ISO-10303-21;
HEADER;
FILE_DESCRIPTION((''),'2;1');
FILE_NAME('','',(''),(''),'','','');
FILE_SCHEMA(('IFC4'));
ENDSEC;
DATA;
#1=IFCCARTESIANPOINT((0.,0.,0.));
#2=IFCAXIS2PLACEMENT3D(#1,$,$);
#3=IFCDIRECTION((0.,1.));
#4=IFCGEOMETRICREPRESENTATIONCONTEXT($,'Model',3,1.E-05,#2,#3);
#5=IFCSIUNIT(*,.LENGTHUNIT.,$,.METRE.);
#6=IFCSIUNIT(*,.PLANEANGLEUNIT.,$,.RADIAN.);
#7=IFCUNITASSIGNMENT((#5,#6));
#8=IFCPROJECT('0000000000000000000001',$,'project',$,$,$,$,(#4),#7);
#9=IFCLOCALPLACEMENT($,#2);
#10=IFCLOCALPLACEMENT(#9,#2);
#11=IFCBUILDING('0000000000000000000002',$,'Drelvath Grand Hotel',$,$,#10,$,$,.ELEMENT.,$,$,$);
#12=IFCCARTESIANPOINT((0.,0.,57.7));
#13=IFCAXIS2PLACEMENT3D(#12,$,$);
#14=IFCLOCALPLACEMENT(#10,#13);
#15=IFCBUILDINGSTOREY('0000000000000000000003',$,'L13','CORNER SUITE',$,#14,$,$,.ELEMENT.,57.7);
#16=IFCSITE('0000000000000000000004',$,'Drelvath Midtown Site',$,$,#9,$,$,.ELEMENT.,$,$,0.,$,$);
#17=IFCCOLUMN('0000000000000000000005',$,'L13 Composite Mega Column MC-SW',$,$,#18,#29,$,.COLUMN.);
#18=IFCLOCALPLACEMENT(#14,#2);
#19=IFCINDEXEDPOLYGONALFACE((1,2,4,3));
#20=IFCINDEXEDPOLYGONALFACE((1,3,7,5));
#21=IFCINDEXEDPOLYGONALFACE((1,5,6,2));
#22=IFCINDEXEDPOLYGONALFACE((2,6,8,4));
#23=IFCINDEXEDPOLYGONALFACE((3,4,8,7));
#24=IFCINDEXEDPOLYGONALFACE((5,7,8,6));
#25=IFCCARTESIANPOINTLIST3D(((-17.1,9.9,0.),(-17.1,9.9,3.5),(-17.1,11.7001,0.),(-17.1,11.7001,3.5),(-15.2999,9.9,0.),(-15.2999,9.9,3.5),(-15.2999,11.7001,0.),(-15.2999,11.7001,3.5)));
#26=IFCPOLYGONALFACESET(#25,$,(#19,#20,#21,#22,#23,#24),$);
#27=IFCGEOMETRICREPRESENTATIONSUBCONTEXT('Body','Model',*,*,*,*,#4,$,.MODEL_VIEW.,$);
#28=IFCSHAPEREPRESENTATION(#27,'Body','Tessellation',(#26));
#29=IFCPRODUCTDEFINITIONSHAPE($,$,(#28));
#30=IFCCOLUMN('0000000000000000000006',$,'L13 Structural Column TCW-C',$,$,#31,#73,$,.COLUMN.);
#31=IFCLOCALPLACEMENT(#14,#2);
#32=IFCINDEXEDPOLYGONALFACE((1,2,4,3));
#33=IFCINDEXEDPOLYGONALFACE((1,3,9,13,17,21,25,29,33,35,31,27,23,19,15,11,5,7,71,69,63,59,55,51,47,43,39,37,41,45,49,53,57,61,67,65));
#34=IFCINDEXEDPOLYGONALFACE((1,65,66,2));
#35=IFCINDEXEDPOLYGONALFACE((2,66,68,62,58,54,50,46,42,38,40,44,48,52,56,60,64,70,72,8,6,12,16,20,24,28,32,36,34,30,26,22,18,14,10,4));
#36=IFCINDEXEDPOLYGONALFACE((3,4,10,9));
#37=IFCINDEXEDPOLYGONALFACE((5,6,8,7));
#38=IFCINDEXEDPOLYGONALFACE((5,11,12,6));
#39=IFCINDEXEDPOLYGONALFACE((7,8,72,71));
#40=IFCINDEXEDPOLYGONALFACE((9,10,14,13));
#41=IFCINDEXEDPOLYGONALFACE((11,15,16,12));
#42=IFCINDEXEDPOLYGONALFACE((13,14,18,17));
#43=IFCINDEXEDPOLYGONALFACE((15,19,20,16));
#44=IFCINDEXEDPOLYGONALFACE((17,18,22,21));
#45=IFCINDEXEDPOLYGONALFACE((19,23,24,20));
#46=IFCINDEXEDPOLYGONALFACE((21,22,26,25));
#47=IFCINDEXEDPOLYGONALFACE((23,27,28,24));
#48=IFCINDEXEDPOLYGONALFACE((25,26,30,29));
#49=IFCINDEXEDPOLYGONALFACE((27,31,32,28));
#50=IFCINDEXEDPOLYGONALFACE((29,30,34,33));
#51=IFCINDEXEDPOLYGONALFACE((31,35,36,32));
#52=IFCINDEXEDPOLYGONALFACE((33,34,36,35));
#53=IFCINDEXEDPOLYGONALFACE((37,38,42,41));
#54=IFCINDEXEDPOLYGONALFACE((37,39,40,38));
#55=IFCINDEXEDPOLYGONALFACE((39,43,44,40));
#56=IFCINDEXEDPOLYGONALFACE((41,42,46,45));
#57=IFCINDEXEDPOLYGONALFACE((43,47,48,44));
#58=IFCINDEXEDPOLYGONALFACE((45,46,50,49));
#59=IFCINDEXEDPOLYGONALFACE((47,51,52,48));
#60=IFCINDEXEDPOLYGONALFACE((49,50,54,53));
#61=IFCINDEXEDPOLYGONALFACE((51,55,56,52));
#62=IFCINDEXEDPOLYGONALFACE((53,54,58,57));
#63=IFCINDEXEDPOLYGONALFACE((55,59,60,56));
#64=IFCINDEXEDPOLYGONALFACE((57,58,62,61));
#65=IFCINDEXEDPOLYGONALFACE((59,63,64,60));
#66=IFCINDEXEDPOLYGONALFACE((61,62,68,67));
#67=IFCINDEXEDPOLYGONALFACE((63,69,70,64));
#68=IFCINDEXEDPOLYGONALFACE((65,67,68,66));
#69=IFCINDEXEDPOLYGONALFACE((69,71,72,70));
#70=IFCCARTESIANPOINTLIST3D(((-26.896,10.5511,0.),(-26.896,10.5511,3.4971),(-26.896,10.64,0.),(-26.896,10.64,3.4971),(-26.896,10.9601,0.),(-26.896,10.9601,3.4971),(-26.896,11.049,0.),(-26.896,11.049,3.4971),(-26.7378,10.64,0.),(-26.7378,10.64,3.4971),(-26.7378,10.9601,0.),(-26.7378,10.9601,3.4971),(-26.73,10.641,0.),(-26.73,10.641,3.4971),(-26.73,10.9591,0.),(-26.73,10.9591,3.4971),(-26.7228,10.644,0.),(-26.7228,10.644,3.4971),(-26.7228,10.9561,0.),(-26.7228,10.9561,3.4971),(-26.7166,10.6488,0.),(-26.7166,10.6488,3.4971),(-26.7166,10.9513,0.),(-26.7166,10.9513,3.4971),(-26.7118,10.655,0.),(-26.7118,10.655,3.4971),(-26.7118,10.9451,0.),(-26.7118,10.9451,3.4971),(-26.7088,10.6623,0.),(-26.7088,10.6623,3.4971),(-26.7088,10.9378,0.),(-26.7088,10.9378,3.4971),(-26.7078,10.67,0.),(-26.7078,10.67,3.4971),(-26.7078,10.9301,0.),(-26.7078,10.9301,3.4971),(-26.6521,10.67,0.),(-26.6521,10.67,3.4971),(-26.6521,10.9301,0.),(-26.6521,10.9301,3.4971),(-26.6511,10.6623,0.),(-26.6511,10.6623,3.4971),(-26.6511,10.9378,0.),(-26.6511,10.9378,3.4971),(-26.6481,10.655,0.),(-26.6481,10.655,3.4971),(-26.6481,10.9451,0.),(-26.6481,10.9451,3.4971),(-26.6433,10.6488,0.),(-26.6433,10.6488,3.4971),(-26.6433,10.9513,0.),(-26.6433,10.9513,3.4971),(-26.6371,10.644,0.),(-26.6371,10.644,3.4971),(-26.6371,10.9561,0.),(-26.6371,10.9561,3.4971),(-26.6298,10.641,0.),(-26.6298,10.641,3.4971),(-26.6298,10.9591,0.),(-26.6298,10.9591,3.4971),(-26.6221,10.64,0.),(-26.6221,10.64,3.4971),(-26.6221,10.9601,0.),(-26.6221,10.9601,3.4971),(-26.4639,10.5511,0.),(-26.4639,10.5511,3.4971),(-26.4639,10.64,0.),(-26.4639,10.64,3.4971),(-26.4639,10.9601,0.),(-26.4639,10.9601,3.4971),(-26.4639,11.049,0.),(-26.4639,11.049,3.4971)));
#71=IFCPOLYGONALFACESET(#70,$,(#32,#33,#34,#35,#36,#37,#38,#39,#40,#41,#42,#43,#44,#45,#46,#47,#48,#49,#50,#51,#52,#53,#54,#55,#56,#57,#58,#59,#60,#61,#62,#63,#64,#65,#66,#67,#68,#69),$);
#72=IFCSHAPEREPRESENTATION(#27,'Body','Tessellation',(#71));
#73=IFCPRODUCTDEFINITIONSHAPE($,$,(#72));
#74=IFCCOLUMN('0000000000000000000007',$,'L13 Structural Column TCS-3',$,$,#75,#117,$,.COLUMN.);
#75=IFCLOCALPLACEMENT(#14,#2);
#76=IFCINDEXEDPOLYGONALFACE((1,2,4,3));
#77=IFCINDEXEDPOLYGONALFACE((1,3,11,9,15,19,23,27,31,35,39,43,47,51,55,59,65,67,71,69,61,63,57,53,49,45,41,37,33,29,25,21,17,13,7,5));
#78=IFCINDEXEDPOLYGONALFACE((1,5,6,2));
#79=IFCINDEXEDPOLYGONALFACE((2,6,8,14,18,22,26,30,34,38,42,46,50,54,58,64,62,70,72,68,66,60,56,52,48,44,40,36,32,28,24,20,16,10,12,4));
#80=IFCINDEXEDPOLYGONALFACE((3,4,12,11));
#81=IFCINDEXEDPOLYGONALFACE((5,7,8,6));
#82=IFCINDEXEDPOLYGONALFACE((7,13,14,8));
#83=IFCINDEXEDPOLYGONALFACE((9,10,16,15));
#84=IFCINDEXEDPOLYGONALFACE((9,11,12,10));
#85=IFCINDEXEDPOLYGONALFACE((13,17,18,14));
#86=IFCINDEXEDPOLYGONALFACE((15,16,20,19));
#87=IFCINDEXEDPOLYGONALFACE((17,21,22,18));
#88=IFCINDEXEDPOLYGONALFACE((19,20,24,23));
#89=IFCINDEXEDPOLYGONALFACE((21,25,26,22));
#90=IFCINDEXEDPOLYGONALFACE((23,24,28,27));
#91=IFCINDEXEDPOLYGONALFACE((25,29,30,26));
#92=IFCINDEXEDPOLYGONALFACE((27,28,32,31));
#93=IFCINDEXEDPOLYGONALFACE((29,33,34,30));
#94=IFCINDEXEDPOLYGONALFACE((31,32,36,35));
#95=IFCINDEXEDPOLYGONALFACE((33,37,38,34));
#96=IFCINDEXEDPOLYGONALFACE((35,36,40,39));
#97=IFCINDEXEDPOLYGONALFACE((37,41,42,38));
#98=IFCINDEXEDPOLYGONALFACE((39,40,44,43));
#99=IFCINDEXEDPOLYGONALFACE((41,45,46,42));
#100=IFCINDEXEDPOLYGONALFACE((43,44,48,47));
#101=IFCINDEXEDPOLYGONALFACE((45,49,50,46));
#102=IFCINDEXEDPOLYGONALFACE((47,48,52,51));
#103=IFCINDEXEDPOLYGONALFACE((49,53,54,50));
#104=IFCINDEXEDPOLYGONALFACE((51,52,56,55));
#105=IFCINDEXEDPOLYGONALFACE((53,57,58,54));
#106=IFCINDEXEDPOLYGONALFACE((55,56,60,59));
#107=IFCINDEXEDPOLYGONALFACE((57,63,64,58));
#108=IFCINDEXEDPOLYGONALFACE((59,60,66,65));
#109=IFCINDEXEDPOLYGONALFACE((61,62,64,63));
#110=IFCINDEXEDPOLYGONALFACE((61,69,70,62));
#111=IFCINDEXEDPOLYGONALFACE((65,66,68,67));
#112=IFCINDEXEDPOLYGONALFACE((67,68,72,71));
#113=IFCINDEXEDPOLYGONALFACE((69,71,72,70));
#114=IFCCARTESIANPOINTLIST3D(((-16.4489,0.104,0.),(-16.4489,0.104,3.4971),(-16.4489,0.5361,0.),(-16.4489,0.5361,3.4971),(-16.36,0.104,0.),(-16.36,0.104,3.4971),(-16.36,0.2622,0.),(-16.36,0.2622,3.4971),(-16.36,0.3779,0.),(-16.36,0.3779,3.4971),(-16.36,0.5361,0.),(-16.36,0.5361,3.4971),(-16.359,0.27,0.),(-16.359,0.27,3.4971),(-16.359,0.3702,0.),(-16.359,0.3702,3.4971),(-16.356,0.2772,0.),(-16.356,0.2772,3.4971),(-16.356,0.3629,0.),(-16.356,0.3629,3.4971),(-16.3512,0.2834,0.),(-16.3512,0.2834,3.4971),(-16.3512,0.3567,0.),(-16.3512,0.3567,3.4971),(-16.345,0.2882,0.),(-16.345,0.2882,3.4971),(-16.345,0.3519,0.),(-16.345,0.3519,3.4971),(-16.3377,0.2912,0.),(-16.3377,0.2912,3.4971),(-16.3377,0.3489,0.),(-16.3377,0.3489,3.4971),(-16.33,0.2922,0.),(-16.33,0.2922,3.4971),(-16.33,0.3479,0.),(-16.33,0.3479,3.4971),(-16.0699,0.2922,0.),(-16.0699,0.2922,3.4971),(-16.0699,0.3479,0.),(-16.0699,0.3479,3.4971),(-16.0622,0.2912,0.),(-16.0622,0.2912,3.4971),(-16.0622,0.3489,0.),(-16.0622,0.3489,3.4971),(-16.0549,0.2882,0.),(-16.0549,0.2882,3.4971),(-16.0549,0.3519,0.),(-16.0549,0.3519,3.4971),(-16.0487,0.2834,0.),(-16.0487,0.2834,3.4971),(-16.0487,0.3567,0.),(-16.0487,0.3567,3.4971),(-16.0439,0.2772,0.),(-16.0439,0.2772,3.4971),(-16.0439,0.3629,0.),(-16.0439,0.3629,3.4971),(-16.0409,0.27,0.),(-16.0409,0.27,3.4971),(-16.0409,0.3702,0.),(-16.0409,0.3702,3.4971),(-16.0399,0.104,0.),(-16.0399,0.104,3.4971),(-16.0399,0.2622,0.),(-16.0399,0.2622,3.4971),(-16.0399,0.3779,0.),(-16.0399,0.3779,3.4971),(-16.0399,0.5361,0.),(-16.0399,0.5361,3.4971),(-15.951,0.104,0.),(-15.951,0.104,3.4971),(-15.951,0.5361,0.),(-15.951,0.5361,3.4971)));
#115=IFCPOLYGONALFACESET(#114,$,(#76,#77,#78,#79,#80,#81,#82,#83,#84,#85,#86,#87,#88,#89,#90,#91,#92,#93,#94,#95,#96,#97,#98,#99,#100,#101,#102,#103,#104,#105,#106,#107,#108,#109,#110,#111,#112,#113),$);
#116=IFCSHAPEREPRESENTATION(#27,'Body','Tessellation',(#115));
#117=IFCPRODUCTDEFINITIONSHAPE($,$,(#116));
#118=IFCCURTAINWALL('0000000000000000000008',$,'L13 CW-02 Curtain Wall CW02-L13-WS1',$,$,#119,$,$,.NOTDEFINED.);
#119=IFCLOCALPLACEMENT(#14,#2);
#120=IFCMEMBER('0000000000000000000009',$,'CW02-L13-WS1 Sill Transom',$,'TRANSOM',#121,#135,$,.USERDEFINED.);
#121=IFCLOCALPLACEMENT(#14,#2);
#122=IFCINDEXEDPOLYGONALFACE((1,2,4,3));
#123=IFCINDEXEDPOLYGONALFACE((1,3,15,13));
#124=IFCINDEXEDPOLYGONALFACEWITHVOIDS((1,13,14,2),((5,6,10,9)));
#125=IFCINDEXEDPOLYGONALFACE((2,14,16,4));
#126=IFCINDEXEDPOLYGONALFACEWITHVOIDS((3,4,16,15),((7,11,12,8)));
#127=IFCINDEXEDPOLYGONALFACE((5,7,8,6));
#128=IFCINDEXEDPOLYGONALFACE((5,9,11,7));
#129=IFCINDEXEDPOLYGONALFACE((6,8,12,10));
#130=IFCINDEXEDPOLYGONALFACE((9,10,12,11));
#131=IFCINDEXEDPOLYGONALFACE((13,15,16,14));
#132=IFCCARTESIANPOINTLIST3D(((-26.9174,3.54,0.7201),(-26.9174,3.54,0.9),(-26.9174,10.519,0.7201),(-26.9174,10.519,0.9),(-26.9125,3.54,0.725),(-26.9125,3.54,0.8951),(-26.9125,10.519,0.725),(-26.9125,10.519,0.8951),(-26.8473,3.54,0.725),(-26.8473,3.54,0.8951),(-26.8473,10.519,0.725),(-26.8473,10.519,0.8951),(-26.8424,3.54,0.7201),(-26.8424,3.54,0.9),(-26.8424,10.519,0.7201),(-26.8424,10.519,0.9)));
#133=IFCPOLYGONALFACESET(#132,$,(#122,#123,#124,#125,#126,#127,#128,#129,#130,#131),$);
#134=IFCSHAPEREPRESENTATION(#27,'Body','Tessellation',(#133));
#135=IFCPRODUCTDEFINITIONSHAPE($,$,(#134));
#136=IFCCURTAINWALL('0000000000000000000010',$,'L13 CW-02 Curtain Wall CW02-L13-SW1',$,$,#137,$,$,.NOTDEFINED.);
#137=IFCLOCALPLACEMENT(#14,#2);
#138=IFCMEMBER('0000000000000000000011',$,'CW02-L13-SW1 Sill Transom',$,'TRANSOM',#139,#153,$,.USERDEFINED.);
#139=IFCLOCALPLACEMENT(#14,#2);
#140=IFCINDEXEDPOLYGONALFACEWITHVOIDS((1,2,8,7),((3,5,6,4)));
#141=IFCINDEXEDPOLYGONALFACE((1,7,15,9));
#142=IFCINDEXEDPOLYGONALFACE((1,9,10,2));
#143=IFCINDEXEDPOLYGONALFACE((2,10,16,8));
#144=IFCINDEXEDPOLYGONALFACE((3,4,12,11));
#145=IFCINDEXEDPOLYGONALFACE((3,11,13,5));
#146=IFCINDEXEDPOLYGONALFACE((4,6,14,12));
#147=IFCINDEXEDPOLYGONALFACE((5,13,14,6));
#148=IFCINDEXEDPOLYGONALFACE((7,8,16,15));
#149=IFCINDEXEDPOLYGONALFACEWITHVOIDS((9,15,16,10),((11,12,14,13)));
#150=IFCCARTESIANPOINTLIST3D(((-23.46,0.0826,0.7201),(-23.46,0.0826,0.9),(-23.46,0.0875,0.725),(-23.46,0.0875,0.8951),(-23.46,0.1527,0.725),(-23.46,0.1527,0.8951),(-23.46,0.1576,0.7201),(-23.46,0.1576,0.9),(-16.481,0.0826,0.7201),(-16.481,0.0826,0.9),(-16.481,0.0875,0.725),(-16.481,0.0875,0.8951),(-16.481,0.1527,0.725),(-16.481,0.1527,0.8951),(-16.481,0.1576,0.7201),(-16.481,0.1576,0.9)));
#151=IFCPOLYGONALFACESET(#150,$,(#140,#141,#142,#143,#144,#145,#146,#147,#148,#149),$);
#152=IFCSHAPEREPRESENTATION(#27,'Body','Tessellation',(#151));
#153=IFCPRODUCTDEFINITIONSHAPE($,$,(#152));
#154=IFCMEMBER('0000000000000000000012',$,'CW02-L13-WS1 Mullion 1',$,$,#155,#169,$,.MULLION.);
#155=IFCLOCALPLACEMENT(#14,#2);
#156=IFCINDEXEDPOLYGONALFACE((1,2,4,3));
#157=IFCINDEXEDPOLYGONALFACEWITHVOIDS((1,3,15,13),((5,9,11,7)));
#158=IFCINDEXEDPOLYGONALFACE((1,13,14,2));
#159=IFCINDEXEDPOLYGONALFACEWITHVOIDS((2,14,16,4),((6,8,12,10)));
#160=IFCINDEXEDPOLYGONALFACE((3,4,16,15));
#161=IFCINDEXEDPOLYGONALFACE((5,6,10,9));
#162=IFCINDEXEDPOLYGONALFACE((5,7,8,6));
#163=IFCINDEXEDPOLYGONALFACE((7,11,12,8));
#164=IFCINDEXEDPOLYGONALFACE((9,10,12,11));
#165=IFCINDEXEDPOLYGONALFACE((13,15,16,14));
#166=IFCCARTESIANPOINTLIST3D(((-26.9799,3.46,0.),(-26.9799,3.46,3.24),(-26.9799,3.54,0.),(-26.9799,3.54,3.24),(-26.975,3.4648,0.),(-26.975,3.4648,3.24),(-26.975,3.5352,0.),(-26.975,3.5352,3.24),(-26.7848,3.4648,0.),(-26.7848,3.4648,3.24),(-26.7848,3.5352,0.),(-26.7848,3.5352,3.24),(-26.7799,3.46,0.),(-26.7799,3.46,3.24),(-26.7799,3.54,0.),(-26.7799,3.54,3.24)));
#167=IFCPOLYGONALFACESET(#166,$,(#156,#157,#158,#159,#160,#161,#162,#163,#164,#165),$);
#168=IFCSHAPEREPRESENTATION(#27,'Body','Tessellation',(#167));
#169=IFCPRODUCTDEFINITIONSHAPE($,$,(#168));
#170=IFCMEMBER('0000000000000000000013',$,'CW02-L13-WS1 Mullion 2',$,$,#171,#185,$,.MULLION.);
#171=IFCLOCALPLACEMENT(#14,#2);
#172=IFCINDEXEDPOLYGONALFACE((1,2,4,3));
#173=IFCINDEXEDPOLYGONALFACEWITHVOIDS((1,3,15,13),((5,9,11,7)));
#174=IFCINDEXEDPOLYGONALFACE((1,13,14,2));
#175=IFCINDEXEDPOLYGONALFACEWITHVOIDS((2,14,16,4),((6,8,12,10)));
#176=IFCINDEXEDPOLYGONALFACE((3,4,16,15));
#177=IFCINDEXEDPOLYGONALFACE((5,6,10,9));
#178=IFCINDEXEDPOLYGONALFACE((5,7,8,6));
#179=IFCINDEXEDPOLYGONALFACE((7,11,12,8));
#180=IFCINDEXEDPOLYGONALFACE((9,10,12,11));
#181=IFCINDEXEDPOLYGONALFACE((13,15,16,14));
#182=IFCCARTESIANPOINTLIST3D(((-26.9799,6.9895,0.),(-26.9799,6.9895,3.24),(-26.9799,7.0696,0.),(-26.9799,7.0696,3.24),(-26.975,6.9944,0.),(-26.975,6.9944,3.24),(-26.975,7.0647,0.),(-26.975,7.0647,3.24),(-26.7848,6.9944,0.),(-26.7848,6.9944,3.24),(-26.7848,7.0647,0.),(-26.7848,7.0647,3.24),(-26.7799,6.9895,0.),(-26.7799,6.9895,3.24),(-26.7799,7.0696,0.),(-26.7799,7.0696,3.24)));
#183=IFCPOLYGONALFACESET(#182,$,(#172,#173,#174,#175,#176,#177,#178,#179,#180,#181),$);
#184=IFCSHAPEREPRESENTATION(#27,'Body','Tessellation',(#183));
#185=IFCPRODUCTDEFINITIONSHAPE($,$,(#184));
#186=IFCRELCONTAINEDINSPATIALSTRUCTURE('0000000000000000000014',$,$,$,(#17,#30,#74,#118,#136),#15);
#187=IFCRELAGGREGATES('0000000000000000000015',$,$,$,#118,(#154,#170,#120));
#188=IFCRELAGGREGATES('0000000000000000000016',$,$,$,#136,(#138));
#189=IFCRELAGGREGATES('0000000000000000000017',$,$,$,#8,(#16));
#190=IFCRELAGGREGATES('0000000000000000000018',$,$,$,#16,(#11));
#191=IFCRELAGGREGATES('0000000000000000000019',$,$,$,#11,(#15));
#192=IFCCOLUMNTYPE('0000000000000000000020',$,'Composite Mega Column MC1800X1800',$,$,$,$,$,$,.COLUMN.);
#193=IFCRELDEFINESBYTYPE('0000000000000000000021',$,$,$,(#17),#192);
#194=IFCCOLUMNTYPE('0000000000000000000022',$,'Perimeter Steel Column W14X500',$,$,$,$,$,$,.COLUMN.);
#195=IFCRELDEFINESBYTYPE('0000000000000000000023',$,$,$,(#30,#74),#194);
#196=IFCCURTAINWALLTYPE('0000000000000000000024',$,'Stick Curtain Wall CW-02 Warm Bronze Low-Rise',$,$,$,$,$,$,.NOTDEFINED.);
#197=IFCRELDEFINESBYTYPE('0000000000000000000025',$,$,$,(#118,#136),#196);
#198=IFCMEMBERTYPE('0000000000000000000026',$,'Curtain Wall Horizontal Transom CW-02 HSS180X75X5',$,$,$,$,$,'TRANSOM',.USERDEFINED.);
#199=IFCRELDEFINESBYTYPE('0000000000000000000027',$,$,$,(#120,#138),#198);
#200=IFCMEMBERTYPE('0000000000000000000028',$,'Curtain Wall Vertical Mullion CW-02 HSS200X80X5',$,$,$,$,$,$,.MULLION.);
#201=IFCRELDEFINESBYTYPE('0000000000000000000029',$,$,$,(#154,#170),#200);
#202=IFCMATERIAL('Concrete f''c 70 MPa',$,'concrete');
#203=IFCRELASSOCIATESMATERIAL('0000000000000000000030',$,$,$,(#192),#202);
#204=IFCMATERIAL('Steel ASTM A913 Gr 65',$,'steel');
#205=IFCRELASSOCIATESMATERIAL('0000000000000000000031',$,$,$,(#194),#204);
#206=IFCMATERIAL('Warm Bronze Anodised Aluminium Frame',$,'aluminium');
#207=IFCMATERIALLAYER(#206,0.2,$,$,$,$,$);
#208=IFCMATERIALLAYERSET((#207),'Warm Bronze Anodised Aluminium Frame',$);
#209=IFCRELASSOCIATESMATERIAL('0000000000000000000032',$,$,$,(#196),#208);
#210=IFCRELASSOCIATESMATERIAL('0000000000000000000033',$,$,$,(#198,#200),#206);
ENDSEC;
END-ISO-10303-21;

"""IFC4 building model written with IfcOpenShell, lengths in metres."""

from ifc_helpers import new_model, si_unit, direction, frame, origin, origin_2d, place, context, subcontext, project, spatial, rectangle, hollow_rectangle, i_section, extrude, material, layer, layer_set, material_profile, profile_set, type_object, element, aggregate, save


model = new_model("IFC4")

# Units and contexts
model_context = context("Model", 3, precision=1e-05, world=origin(), true_north=direction((0.0, 1.0)))
body_context = subcontext(model_context, "Body", "Model", "MODEL_VIEW")
ifc_project = project(units=[si_unit("LENGTHUNIT", "METRE"), si_unit("PLANEANGLEUNIT", "RADIAN")], contexts=[model_context])

# Site, building, storey
site_placement = place(None, origin())
site = spatial("IfcSite", under=ifc_project, at=site_placement, Name="Drelvath Midtown Site", CompositionType="ELEMENT", RefElevation=0.0)
building_placement = place(site_placement, origin())
building = spatial("IfcBuilding", under=site, at=building_placement, Name="Drelvath Grand Hotel", CompositionType="ELEMENT")
storey_placement = place(building_placement, frame((0.0, 0.0, 57.7)))
storey = spatial("IfcBuildingStorey", under=building, at=storey_placement, Name="L13", Description="CORNER SUITE", CompositionType="ELEMENT", Elevation=57.7)

# Columns
ifc_material_1 = material(Name="Concrete f'c 70 MPa", Category="concrete")
ifc_material_profile_1 = material_profile(ifc_material_1, rectangle(XDim=1.8, YDim=1.8, at=origin_2d()), Name="MC1800X1800")
ifc_profile_set_1 = profile_set([ifc_material_profile_1], Name="Concrete f'c 70 MPa")
column_type_1 = type_object("IfcColumnType", Name="Composite Mega Column MC1800X1800", PredefinedType="COLUMN", material=ifc_profile_set_1)
column_placement = place(storey_placement, frame((-16.2, 10.8, 0.0), z_axis=(0.0, 0.0, 1.0), x_axis=(1.0, 0.0, 0.0)))
element("IfcColumn", 1, at=column_placement, inside=storey, type_object=column_type_1, Name="L13 Composite Mega Column MC-SW", PredefinedType="COLUMN", context=body_context, shape_type="SweptSolid", body=[
    extrude(rectangle(XDim=1.8, YDim=1.8, at=origin_2d()), origin(), (0.0, 0.0, 1.0), 3.5),
])
ifc_material_2 = material(Name="Steel ASTM A913 Gr 65", Category="steel")
ifc_material_profile_2 = material_profile(ifc_material_2, i_section(OverallWidth=0.4321, OverallDepth=0.4978, WebThickness=0.0557, FlangeThickness=0.0889, FilletRadius=0.03, at=origin_2d()), Name="W14X500")
ifc_profile_set_2 = profile_set([ifc_material_profile_2], Name="Steel ASTM A913 Gr 65")
column_type_2 = type_object("IfcColumnType", Name="Perimeter Steel Column W14X500", PredefinedType="COLUMN", material=ifc_profile_set_2)
for number, where, z_axis, x_axis, name in (
    (2, (-26.6799, 10.8, 0.0), (0.0, 0.0, 1.0), (1.0, 0.0, 0.0), "L13 Structural Column TCW-C"),
    (3, (-16.2, 0.3201, 0.0), (0.0, 0.0, 1.0), (0.0, 1.0, 0.0), "L13 Structural Column TCS-3"),
):
    element("IfcColumn", number, at=place(storey_placement, frame(where, z_axis=z_axis, x_axis=x_axis)), inside=storey, type_object=column_type_2, Name=name, PredefinedType="COLUMN", context=body_context, shape_type="SweptSolid", body=[
        extrude(i_section(OverallWidth=0.4321, OverallDepth=0.4978, WebThickness=0.0557, FlangeThickness=0.0889, FilletRadius=0.03, at=origin_2d()), origin(), (0.0, 0.0, 1.0), 3.4971),
    ])

# Curtain walls, members
ifc_material_3 = material(Name="Warm Bronze Anodised Aluminium Frame", Category="aluminium")
ifc_layer_1 = layer(ifc_material_3, 0.2)
ifc_layer_set_1 = layer_set([ifc_layer_1], Name="Warm Bronze Anodised Aluminium Frame")
curtain_wall_type = type_object("IfcCurtainWallType", Name="Stick Curtain Wall CW-02 Warm Bronze Low-Rise", PredefinedType="NOTDEFINED", material=ifc_layer_set_1)
curtain_wall_1_placement = place(storey_placement, origin())
curtain_wall_1 = element("IfcCurtainWall", 4, at=curtain_wall_1_placement, inside=storey, type_object=curtain_wall_type, Name="L13 CW-02 Curtain Wall CW02-L13-WS1", PredefinedType="NOTDEFINED")
ifc_material_profile_3 = material_profile(ifc_material_3, hollow_rectangle(XDim=0.075, YDim=0.1799, WallThickness=0.0049, at=origin_2d()), Name="HSS180X75X5")
ifc_profile_set_3 = profile_set([ifc_material_profile_3], Name="Warm Bronze Anodised Aluminium Frame")
member_type_1 = type_object("IfcMemberType", Name="Curtain Wall Horizontal Transom CW-02 HSS180X75X5", ElementType="TRANSOM", PredefinedType="USERDEFINED", material=ifc_profile_set_3)
member_1_placement = place(storey_placement, frame((-26.8799, 3.54, 0.8101), z_axis=(0.0, 1.0, 0.0), x_axis=(-1.0, 0.0, 0.0)))
member_1 = element("IfcMember", 5, at=member_1_placement, type_object=member_type_1, Name="CW02-L13-WS1 Sill Transom", ObjectType="TRANSOM", PredefinedType="USERDEFINED", context=body_context, shape_type="SweptSolid", body=[
    extrude(hollow_rectangle(XDim=0.075, YDim=0.1799, WallThickness=0.0049, at=origin_2d()), origin(), (0.0, 0.0, 1.0), 6.979),
])
curtain_wall_2_placement = place(storey_placement, origin())
curtain_wall_2 = element("IfcCurtainWall", 6, at=curtain_wall_2_placement, inside=storey, type_object=curtain_wall_type, Name="L13 CW-02 Curtain Wall CW02-L13-SW1", PredefinedType="NOTDEFINED")
member_2_placement = place(storey_placement, frame((-16.481, 0.1201, 0.8101), z_axis=(-1.0, 0.0, 0.0), x_axis=(0.0, -1.0, 0.0)))
member_2 = element("IfcMember", 7, at=member_2_placement, type_object=member_type_1, Name="CW02-L13-SW1 Sill Transom", ObjectType="TRANSOM", PredefinedType="USERDEFINED", context=body_context, shape_type="SweptSolid", body=[
    extrude(hollow_rectangle(XDim=0.075, YDim=0.1799, WallThickness=0.0049, at=origin_2d()), origin(), (0.0, 0.0, 1.0), 6.979),
])

# Members
ifc_material_profile_4 = material_profile(ifc_material_3, hollow_rectangle(XDim=0.0801, YDim=0.2, WallThickness=0.0049, at=origin_2d()), Name="HSS200X80X5")
ifc_profile_set_4 = profile_set([ifc_material_profile_4], Name="Warm Bronze Anodised Aluminium Frame")
member_type_2 = type_object("IfcMemberType", Name="Curtain Wall Vertical Mullion CW-02 HSS200X80X5", PredefinedType="MULLION", material=ifc_profile_set_4)
member_3_placement = place(storey_placement, frame((-26.8799, 3.5, 0.0), z_axis=(0.0, 0.0, 1.0), x_axis=(0.0, 1.0, 0.0)))
member_3 = element("IfcMember", 8, at=member_3_placement, type_object=member_type_2, Name="CW02-L13-WS1 Mullion 1", PredefinedType="MULLION", context=body_context, shape_type="SweptSolid", body=[
    extrude(hollow_rectangle(XDim=0.0801, YDim=0.2, WallThickness=0.0049, at=origin_2d()), origin(), (0.0, 0.0, 1.0), 3.24),
])
member_4_placement = place(storey_placement, frame((-26.8799, 7.0295, 0.0), z_axis=(0.0, 0.0, 1.0), x_axis=(0.0, 1.0, 0.0)))
member_4 = element("IfcMember", 9, at=member_4_placement, type_object=member_type_2, Name="CW02-L13-WS1 Mullion 2", PredefinedType="MULLION", context=body_context, shape_type="SweptSolid", body=[
    extrude(hollow_rectangle(XDim=0.0801, YDim=0.2, WallThickness=0.0049, at=origin_2d()), origin(), (0.0, 0.0, 1.0), 3.24),
])

aggregate(curtain_wall_1, [member_3, member_4, member_1])
aggregate(curtain_wall_2, [member_2])

save(model, "model.ifc")
